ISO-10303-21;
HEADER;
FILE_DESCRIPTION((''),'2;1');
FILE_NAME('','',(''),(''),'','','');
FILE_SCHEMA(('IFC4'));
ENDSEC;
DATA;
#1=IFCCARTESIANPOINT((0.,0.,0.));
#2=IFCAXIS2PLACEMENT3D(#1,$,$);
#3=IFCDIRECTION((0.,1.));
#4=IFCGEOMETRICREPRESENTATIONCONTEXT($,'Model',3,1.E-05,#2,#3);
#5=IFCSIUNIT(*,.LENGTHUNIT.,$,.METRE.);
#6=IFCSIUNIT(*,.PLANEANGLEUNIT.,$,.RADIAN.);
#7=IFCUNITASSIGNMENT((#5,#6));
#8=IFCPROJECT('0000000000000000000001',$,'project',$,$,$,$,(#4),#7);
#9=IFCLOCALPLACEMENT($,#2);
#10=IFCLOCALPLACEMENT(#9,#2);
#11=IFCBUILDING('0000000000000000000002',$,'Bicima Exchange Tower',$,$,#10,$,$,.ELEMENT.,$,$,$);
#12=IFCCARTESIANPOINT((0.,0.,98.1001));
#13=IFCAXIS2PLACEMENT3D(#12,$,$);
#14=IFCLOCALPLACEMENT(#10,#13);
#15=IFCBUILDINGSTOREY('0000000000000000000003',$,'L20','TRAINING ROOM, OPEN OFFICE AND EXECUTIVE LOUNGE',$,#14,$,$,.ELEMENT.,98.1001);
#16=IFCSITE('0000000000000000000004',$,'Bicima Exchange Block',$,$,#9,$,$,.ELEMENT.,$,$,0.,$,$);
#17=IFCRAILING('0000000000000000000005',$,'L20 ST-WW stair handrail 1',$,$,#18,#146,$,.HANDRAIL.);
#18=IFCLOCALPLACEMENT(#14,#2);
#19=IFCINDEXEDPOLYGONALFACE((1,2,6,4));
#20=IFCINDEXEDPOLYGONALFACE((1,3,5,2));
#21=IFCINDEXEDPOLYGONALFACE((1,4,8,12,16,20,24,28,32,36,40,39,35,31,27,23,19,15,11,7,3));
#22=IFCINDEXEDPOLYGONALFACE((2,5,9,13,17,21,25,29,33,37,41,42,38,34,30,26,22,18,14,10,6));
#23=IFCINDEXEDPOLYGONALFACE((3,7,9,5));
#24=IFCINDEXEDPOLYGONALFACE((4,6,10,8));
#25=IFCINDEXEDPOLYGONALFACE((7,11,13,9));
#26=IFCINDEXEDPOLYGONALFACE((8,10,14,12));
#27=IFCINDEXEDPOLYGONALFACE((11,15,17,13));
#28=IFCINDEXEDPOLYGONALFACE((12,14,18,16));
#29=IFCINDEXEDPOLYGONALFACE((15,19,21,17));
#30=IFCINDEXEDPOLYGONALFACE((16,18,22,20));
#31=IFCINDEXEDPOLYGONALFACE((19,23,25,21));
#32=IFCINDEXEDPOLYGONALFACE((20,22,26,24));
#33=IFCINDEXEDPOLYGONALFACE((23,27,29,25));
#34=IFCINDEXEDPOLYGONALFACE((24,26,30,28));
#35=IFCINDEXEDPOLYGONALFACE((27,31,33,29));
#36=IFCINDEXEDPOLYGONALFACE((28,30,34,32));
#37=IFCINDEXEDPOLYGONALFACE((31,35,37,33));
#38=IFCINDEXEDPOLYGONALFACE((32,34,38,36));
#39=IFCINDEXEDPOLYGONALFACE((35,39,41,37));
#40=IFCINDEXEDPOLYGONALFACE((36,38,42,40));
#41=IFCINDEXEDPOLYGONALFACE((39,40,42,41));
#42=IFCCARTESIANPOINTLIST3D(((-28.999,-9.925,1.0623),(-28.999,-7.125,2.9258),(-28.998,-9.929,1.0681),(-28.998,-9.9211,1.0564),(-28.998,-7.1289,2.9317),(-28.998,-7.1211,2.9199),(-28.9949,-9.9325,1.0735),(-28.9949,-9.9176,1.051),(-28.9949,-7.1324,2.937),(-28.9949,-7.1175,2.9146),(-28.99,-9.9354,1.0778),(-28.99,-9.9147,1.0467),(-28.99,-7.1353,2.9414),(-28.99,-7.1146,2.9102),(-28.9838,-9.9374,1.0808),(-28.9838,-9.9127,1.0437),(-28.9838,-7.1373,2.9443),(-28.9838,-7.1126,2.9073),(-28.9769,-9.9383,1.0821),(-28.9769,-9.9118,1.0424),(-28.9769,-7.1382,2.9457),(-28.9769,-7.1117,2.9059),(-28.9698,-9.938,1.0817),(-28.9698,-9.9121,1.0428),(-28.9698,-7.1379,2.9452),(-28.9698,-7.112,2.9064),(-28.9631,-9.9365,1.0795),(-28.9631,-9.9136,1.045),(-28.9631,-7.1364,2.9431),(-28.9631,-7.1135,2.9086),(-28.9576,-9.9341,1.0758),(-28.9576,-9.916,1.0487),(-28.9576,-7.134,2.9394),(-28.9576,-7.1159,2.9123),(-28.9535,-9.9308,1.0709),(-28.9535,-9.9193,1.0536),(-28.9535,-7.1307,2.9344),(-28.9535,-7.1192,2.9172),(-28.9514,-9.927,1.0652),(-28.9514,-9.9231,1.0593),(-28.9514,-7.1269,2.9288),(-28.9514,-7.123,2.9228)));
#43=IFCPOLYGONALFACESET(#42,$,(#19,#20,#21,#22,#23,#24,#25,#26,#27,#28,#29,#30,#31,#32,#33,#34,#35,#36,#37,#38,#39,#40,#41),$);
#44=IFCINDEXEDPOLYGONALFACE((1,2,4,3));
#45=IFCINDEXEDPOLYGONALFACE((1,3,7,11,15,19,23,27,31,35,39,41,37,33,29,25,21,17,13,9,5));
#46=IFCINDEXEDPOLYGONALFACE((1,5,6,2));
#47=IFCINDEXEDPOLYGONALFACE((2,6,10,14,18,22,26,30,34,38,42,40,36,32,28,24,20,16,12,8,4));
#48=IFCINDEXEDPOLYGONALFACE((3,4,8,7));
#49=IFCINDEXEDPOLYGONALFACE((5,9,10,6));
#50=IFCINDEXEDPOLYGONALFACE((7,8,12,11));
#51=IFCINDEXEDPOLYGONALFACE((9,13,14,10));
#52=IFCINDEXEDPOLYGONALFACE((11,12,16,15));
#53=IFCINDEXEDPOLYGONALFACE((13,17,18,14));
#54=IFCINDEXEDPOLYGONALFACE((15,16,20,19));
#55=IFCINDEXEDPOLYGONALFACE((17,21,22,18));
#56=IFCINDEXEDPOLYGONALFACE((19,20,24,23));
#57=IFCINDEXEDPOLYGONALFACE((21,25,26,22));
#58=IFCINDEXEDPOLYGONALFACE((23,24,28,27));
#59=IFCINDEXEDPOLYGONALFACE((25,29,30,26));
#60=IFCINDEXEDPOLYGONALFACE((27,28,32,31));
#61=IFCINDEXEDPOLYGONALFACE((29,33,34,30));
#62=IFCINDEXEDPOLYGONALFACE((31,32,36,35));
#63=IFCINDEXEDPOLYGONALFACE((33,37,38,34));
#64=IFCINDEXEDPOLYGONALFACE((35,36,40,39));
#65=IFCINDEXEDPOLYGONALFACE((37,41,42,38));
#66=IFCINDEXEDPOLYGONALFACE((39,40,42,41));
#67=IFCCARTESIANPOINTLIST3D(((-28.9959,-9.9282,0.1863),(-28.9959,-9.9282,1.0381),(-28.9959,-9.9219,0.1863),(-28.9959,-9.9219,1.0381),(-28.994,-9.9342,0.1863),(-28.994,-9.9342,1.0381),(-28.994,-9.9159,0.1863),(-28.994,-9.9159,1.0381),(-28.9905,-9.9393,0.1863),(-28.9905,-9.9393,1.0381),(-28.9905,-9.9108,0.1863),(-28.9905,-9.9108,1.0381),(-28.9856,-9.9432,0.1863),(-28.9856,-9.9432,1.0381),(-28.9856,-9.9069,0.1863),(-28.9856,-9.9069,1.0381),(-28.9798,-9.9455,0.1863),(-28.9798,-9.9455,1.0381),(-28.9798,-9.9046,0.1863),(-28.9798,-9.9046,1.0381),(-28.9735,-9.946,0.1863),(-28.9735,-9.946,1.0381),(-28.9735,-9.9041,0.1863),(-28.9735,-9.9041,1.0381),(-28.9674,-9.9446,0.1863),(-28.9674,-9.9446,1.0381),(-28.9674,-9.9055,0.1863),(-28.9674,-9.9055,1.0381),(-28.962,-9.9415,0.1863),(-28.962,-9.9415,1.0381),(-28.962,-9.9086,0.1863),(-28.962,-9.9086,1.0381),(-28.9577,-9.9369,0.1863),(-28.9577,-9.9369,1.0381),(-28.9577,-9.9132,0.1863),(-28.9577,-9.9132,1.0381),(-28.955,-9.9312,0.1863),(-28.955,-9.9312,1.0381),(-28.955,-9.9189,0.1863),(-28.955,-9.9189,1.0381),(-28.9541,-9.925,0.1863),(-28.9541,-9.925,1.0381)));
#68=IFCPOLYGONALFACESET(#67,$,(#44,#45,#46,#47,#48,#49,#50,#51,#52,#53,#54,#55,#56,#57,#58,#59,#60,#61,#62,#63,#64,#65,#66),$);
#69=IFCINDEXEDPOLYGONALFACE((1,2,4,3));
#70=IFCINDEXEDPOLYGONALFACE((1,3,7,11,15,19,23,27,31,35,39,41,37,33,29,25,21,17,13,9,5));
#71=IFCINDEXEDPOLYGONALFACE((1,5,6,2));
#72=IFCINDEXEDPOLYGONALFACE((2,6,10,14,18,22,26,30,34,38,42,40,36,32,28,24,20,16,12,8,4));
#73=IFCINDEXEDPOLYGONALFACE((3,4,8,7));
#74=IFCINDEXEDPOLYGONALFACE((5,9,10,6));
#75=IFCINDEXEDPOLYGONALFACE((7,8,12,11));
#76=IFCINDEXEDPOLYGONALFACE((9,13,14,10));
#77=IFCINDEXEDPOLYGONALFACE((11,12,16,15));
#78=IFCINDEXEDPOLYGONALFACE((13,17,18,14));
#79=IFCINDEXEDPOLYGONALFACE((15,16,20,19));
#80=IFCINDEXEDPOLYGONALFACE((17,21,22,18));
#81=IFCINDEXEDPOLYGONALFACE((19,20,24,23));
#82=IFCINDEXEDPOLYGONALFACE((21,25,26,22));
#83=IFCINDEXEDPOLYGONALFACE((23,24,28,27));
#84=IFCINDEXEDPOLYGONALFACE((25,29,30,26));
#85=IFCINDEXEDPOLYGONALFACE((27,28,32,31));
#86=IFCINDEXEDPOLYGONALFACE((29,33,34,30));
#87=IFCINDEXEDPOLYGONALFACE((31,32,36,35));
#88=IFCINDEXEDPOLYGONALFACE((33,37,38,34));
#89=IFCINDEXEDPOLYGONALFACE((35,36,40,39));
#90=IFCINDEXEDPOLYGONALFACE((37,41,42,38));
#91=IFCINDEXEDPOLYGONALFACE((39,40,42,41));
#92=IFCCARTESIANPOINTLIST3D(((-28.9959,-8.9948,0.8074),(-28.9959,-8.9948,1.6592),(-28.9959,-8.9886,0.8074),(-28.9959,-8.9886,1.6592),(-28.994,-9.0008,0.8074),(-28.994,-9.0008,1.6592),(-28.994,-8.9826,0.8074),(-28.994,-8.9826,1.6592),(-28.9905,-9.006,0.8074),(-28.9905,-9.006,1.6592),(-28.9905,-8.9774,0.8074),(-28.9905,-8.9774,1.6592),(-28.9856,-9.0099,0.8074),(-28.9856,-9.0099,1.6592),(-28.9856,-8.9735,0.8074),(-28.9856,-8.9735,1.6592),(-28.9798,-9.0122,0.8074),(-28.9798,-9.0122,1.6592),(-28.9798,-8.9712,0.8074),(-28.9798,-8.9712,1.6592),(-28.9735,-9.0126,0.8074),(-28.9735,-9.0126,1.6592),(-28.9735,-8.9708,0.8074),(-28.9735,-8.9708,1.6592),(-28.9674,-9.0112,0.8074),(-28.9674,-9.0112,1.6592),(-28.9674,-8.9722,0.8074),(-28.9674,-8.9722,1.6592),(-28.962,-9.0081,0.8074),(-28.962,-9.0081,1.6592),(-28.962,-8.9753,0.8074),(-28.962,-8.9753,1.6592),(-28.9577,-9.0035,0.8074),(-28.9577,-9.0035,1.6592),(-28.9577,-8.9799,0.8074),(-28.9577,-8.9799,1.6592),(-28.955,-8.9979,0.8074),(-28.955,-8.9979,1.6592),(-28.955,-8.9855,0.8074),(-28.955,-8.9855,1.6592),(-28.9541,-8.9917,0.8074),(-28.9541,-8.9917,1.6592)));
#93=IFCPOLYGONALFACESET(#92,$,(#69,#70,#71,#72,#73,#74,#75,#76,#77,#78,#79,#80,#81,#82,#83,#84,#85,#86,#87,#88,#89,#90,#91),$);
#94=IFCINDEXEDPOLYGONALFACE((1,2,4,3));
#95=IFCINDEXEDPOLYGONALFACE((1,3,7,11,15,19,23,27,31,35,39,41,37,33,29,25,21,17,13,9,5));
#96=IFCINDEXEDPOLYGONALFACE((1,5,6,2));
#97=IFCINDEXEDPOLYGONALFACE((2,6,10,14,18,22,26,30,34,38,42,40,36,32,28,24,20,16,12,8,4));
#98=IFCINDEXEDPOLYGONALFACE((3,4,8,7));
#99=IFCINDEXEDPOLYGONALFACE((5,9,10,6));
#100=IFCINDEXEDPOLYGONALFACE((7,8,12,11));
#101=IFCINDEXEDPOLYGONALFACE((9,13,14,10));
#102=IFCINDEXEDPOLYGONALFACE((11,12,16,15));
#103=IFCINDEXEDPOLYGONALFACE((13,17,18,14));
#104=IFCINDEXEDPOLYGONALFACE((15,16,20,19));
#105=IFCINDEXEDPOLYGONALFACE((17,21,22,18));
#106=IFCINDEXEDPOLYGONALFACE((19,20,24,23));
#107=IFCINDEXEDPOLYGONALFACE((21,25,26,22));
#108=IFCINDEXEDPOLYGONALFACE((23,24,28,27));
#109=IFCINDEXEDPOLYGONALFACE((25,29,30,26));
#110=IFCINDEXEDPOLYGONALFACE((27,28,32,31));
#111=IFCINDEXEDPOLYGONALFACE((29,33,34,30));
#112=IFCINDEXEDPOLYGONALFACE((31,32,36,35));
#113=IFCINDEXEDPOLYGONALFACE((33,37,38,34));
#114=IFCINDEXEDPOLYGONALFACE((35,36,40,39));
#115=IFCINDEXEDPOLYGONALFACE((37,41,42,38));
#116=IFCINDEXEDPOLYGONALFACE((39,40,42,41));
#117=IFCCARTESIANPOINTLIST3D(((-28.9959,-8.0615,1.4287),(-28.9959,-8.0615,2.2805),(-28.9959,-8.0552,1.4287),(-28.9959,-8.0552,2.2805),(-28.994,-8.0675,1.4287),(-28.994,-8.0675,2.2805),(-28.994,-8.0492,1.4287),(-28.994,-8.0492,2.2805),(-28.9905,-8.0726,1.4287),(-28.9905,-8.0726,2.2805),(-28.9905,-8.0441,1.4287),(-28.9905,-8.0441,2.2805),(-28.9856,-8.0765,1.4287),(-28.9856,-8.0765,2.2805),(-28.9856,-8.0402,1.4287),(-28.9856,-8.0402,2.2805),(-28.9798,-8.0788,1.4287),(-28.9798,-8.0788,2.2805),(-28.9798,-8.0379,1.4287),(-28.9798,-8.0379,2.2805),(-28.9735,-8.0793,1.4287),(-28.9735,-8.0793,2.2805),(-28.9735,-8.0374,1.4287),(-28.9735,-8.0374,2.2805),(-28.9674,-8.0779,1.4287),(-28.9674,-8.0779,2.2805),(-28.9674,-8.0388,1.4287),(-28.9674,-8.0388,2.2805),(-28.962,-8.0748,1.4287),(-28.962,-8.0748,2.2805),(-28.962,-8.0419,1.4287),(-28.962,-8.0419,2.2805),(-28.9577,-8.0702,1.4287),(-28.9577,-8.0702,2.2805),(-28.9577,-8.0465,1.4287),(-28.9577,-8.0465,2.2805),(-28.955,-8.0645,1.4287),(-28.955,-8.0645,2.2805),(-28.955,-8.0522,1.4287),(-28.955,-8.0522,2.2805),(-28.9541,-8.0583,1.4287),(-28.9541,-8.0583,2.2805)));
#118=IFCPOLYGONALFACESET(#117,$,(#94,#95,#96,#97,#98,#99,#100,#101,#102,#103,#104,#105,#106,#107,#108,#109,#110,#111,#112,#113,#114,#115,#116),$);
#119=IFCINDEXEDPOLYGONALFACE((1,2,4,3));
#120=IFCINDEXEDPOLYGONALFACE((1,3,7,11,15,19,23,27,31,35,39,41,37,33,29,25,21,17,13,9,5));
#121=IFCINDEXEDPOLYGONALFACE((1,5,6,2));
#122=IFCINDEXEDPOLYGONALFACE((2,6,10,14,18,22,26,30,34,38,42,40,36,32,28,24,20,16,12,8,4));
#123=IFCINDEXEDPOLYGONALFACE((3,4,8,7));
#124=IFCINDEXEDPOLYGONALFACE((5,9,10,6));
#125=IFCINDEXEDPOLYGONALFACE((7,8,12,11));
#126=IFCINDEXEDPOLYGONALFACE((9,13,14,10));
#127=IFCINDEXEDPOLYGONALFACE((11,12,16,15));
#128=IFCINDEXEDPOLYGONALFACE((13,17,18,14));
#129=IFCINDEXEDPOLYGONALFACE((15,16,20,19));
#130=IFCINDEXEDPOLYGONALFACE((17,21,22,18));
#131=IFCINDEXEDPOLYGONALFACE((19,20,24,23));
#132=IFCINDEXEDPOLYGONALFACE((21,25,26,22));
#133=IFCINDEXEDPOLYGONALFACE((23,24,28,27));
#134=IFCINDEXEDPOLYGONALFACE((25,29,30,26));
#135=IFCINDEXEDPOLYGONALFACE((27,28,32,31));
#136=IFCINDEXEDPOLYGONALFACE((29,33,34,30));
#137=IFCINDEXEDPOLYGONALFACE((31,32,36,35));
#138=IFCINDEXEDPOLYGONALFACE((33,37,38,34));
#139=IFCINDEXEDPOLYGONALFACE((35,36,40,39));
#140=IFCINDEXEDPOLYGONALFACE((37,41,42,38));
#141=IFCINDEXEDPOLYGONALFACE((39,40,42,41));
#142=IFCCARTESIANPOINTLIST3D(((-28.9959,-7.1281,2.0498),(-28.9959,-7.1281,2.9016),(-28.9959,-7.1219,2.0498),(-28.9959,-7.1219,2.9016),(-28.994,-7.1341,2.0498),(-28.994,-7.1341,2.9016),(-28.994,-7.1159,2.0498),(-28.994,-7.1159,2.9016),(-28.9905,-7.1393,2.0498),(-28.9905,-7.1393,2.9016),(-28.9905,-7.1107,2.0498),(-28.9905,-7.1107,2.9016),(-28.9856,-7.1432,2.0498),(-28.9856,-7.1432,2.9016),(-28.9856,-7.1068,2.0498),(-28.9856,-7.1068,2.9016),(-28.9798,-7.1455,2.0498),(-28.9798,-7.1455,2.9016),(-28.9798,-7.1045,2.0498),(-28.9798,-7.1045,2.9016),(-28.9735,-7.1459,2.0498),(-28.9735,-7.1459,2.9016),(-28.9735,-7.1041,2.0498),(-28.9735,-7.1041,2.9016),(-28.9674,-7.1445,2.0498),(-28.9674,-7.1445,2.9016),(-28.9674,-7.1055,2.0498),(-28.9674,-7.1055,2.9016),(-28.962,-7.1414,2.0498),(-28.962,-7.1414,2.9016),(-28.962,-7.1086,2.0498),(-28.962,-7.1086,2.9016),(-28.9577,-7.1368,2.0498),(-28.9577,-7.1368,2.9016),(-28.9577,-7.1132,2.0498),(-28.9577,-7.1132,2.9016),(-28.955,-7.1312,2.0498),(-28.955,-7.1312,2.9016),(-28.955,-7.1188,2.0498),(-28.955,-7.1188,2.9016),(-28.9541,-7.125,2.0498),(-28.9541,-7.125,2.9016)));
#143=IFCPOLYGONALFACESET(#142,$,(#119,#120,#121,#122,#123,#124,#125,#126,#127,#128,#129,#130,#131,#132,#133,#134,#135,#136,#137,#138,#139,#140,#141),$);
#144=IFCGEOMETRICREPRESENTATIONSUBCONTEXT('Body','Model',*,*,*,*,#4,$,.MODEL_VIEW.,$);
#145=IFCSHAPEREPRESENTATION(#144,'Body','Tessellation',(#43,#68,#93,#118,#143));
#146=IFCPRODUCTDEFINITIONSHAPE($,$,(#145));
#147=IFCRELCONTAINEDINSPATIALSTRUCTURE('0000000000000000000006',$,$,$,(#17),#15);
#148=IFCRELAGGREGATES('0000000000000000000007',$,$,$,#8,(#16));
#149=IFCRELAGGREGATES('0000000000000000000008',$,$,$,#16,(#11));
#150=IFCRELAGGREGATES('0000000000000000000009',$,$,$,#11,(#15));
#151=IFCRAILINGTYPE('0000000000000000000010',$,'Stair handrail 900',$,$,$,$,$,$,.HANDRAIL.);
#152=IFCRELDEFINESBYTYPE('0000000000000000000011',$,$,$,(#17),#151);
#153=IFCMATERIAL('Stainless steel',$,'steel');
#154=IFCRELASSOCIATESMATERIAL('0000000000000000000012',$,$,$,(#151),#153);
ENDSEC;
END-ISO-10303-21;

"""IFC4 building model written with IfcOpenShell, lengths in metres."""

from ifc_helpers import new_model, si_unit, direction, frame, origin, origin_2d, place, context, subcontext, project, spatial, circle, extrude, material, type_object, element, save


model = new_model("IFC4")

# Units and contexts
model_context = context("Model", 3, precision=1e-05, world=origin(), true_north=direction((0.0, 1.0)))
body_context = subcontext(model_context, "Body", "Model", "MODEL_VIEW")
ifc_project = project(units=[si_unit("LENGTHUNIT", "METRE"), si_unit("PLANEANGLEUNIT", "RADIAN")], contexts=[model_context])

# Site, building, storey
site_placement = place(None, origin())
site = spatial("IfcSite", under=ifc_project, at=site_placement, Name="Bicima Exchange Block", CompositionType="ELEMENT", RefElevation=0.0)
building_placement = place(site_placement, origin())
building = spatial("IfcBuilding", under=site, at=building_placement, Name="Bicima Exchange Tower", CompositionType="ELEMENT")
storey_placement = place(building_placement, frame((0.0, 0.0, 98.1001)))
storey = spatial("IfcBuildingStorey", under=building, at=storey_placement, Name="L20", Description="TRAINING ROOM, OPEN OFFICE AND EXECUTIVE LOUNGE", CompositionType="ELEMENT", Elevation=98.1001)

# Railing
ifc_material_1 = material(Name="Stainless steel", Category="steel")
railing_type = type_object("IfcRailingType", Name="Stair handrail 900", PredefinedType="HANDRAIL", material=ifc_material_1)
railing_placement = place(storey_placement, frame((-28.9751, -9.925, 0.1863)))
element("IfcRailing", 1, at=railing_placement, inside=storey, type_object=railing_type, Name="L20 ST-WW stair handrail 1", PredefinedType="HANDRAIL", context=body_context, shape_type="SweptSolid", body=[
    extrude(circle(Radius=0.0239, at=origin_2d()), frame((0.0, 0.0, 0.876), z_axis=(0.0, 0.832486, 0.554047), x_axis=(-1.0, 0.0, 0.0)), (0.0, 0.0, 1.0), 3.3635),
    extrude(circle(Radius=0.021, at=origin_2d()), origin(), (0.0, 0.0, 1.0), 0.8518),
    extrude(circle(Radius=0.021, at=origin_2d()), frame((0.0, 0.9333, 0.6211)), (0.0, 0.0, 1.0), 0.8518),
    extrude(circle(Radius=0.021, at=origin_2d()), frame((0.0, 1.8667, 1.2424)), (0.0, 0.0, 1.0), 0.8518),
    extrude(circle(Radius=0.021, at=origin_2d()), frame((0.0, 2.8, 1.8635)), (0.0, 0.0, 1.0), 0.8518),
])

save(model, "model.ifc")
